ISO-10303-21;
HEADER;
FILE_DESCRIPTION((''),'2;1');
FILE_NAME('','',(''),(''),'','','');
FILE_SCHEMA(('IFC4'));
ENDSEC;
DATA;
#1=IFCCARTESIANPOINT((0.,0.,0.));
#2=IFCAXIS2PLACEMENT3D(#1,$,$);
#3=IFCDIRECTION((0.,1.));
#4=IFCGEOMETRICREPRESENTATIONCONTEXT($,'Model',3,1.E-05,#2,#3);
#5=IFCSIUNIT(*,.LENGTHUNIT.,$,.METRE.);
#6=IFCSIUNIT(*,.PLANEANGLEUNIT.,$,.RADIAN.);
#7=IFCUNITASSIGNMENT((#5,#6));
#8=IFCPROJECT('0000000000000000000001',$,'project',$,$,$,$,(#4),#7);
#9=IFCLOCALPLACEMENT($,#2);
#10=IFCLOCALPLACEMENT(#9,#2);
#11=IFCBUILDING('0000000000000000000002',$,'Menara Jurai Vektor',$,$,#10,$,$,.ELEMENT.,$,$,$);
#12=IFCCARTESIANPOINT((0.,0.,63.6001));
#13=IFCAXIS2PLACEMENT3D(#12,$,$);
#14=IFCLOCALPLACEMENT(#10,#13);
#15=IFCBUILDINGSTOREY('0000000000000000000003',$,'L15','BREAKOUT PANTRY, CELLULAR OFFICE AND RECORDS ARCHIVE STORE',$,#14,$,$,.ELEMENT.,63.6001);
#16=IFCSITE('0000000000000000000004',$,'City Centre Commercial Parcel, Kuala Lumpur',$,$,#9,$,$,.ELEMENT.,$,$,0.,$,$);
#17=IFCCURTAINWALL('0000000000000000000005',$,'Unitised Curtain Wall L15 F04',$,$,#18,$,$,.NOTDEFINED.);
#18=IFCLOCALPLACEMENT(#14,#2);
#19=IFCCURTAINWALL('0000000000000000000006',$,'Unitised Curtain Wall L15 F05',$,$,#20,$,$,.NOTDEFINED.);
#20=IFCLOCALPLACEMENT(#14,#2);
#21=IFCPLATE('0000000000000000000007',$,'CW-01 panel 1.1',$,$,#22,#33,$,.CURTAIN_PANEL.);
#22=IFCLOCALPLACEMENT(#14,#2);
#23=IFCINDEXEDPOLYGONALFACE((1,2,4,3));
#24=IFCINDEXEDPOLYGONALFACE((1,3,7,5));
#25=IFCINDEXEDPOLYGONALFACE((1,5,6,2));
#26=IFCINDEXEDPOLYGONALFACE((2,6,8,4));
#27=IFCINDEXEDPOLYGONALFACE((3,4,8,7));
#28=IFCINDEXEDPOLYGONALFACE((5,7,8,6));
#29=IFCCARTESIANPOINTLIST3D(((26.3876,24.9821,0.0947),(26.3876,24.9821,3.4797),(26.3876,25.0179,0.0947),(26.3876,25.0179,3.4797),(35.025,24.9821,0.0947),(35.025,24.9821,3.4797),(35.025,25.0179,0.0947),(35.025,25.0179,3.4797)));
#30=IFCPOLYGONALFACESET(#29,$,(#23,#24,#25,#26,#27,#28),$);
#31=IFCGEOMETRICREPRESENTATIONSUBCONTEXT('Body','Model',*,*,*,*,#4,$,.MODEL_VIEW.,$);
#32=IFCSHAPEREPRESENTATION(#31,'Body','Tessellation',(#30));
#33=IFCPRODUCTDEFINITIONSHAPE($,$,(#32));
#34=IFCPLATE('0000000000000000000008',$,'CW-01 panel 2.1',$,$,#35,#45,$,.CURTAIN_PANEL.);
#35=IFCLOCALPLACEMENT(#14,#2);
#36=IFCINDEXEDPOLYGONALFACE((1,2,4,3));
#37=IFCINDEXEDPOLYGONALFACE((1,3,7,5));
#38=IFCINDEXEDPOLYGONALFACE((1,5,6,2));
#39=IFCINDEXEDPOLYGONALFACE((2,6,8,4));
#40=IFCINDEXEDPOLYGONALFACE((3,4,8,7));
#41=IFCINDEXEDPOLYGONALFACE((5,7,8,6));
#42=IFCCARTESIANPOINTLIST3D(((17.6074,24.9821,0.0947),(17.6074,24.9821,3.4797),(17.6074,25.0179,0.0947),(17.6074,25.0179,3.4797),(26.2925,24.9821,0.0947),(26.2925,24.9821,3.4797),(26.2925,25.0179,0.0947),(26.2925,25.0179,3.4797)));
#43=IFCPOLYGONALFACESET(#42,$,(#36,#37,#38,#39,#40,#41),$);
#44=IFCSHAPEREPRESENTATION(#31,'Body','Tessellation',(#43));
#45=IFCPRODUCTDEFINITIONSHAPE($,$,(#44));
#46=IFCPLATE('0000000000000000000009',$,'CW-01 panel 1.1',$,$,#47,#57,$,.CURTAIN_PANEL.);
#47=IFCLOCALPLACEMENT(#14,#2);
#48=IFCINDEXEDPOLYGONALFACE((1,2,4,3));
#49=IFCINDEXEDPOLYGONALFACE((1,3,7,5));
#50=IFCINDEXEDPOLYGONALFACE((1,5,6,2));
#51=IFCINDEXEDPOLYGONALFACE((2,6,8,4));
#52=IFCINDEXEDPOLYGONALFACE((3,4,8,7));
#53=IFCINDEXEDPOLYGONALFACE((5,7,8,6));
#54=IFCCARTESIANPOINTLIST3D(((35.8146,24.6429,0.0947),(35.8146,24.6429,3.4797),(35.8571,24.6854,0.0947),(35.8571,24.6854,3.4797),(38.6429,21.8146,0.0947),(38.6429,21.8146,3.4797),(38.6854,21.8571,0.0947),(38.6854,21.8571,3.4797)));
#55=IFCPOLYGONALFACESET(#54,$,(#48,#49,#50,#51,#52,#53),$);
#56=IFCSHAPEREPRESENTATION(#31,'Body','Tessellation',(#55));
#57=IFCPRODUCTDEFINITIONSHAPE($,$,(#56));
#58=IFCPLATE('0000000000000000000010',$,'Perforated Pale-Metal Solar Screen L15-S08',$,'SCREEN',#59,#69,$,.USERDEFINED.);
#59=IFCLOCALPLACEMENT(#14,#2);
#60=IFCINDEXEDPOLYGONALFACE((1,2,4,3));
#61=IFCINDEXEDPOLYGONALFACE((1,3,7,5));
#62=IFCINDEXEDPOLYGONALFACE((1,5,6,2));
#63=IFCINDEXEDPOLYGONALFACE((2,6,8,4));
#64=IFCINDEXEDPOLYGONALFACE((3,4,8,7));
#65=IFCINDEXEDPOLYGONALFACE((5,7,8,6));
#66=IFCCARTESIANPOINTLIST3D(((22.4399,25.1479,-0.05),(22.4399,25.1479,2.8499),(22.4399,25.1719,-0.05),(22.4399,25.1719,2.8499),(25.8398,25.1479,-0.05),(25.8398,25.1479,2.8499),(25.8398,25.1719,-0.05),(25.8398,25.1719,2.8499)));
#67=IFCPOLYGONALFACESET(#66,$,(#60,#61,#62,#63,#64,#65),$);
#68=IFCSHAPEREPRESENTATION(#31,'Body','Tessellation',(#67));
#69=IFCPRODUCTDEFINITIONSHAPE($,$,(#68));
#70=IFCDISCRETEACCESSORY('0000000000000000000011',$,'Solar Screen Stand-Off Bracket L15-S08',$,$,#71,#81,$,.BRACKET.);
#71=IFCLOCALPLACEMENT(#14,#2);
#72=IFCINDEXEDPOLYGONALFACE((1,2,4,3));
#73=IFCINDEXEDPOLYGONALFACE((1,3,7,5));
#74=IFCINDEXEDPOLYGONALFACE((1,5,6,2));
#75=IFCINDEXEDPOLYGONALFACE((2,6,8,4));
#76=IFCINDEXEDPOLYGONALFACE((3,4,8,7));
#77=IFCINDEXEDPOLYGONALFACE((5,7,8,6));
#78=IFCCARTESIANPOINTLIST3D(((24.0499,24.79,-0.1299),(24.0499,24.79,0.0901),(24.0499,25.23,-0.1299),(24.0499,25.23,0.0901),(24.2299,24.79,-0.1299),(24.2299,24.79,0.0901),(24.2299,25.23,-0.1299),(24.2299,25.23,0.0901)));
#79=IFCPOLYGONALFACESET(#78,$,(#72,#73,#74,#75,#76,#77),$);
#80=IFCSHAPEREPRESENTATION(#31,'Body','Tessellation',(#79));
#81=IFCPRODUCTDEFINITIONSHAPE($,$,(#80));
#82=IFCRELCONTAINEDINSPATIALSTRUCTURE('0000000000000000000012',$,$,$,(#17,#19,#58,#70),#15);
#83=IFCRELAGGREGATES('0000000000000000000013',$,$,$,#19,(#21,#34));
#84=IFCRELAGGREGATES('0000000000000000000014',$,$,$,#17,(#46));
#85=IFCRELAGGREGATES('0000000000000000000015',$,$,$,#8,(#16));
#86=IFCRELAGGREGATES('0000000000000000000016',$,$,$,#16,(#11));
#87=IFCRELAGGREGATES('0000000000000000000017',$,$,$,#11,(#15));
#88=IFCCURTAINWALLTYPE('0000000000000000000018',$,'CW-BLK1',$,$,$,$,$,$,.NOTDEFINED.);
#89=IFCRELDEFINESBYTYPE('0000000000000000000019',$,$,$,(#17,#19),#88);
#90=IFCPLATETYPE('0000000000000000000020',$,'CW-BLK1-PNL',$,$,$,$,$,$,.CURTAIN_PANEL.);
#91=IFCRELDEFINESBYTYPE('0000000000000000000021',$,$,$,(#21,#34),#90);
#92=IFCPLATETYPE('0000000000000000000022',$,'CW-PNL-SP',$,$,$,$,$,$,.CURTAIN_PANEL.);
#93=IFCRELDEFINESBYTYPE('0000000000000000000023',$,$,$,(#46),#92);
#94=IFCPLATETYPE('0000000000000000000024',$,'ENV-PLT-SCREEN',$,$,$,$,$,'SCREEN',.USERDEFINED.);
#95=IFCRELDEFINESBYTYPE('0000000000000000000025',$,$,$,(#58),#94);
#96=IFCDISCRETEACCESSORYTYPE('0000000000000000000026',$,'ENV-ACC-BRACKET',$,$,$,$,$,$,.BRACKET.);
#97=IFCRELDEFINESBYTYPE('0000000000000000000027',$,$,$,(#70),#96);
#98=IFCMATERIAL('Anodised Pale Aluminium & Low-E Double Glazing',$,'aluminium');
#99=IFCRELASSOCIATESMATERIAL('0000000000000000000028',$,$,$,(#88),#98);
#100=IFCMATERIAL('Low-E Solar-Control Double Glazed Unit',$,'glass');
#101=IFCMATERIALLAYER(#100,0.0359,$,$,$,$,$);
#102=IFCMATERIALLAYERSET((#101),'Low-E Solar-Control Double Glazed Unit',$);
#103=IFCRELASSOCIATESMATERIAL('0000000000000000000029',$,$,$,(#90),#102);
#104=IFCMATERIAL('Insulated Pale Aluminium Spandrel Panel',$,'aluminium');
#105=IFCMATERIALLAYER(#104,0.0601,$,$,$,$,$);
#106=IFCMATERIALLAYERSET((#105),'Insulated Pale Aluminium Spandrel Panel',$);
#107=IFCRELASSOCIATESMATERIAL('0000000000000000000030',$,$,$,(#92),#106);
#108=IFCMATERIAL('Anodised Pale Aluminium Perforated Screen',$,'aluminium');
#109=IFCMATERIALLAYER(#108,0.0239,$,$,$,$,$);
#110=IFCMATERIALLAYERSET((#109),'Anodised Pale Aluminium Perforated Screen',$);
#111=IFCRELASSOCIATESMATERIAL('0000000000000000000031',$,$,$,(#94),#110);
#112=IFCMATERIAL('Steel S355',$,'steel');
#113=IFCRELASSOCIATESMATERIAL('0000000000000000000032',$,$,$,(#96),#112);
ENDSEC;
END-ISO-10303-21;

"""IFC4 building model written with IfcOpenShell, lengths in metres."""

from ifc_helpers import new_model, si_unit, direction, frame, origin, origin_2d, place, context, subcontext, project, spatial, rectangle, extrude, material, layer, layer_set, type_object, element, aggregate, save


model = new_model("IFC4")

# Units and contexts
model_context = context("Model", 3, precision=1e-05, world=origin(), true_north=direction((0.0, 1.0)))
body_context = subcontext(model_context, "Body", "Model", "MODEL_VIEW")
ifc_project = project(units=[si_unit("LENGTHUNIT", "METRE"), si_unit("PLANEANGLEUNIT", "RADIAN")], contexts=[model_context])

# Site, building, storey
site_placement = place(None, origin())
site = spatial("IfcSite", under=ifc_project, at=site_placement, Name="City Centre Commercial Parcel, Kuala Lumpur", CompositionType="ELEMENT", RefElevation=0.0)
building_placement = place(site_placement, origin())
building = spatial("IfcBuilding", under=site, at=building_placement, Name="Menara Jurai Vektor", CompositionType="ELEMENT")
storey_placement = place(building_placement, frame((0.0, 0.0, 63.6001)))
storey = spatial("IfcBuildingStorey", under=building, at=storey_placement, Name="L15", Description="BREAKOUT PANTRY, CELLULAR OFFICE AND RECORDS ARCHIVE STORE", CompositionType="ELEMENT", Elevation=63.6001)

# Curtain walls
ifc_material_1 = material(Name="Anodised Pale Aluminium & Low-E Double Glazing", Category="aluminium")
curtain_wall_type = type_object("IfcCurtainWallType", Name="CW-BLK1", PredefinedType="NOTDEFINED", material=ifc_material_1)
curtain_wall_1_placement = place(storey_placement, origin())
curtain_wall_1 = element("IfcCurtainWall", 1, at=curtain_wall_1_placement, inside=storey, type_object=curtain_wall_type, Name="Unitised Curtain Wall L15 F04", PredefinedType="NOTDEFINED")
curtain_wall_2_placement = place(storey_placement, origin())
curtain_wall_2 = element("IfcCurtainWall", 2, at=curtain_wall_2_placement, inside=storey, type_object=curtain_wall_type, Name="Unitised Curtain Wall L15 F05", PredefinedType="NOTDEFINED")

# Shared definitions
ifc_material_2 = material(Name="Steel S355", Category="steel")

# Plates
ifc_material_3 = material(Name="Low-E Solar-Control Double Glazed Unit", Category="glass")
ifc_layer_1 = layer(ifc_material_3, 0.0359)
ifc_layer_set_1 = layer_set([ifc_layer_1], Name="Low-E Solar-Control Double Glazed Unit")
plate_type_1 = type_object("IfcPlateType", Name="CW-BLK1-PNL", PredefinedType="CURTAIN_PANEL", material=ifc_layer_set_1)
plate_1_placement = place(storey_placement, frame((30.7063, 25.0, 0.0947), z_axis=(0.0, 0.0, 1.0), x_axis=(-1.0, 0.0, 0.0)))
plate_1 = element("IfcPlate", 3, at=plate_1_placement, type_object=plate_type_1, Name="CW-01 panel 1.1", PredefinedType="CURTAIN_PANEL", context=body_context, shape_type="SweptSolid", body=[
    extrude(rectangle(XDim=8.6375, YDim=0.0359, at=origin_2d()), origin(), (0.0, 0.0, 1.0), 3.385),
])
plate_2_placement = place(storey_placement, frame((21.95, 25.0, 0.0947), z_axis=(0.0, 0.0, 1.0), x_axis=(-1.0, 0.0, 0.0)))
plate_2 = element("IfcPlate", 4, at=plate_2_placement, type_object=plate_type_1, Name="CW-01 panel 2.1", PredefinedType="CURTAIN_PANEL", context=body_context, shape_type="SweptSolid", body=[
    extrude(rectangle(XDim=8.6851, YDim=0.0359, at=origin_2d()), origin(), (0.0, 0.0, 1.0), 3.385),
])
aggregate(curtain_wall_2, [plate_1, plate_2])
ifc_material_4 = material(Name="Insulated Pale Aluminium Spandrel Panel", Category="aluminium")
ifc_layer_2 = layer(ifc_material_4, 0.0601)
ifc_layer_set_2 = layer_set([ifc_layer_2], Name="Insulated Pale Aluminium Spandrel Panel")
plate_type_2 = type_object("IfcPlateType", Name="CW-PNL-SP", PredefinedType="CURTAIN_PANEL", material=ifc_layer_set_2)
plate_3_placement = place(storey_placement, frame((37.25, 23.25, 0.0947), z_axis=(0.0, 0.0, 1.0), x_axis=(-0.707107, 0.707107, 0.0)))
plate_3 = element("IfcPlate", 5, at=plate_3_placement, type_object=plate_type_2, Name="CW-01 panel 1.1", PredefinedType="CURTAIN_PANEL", context=body_context, shape_type="SweptSolid", body=[
    extrude(rectangle(XDim=3.9998, YDim=0.0601, at=origin_2d()), origin(), (0.0, 0.0, 1.0), 3.385),
])
aggregate(curtain_wall_1, [plate_3])
ifc_material_5 = material(Name="Anodised Pale Aluminium Perforated Screen", Category="aluminium")
ifc_layer_3 = layer(ifc_material_5, 0.0239)
ifc_layer_set_3 = layer_set([ifc_layer_3], Name="Anodised Pale Aluminium Perforated Screen")
plate_type_3 = type_object("IfcPlateType", Name="ENV-PLT-SCREEN", ElementType="SCREEN", PredefinedType="USERDEFINED", material=ifc_layer_set_3)
plate_4_placement = place(storey_placement, frame((24.1399, 25.1599, -0.05), z_axis=(0.0, 0.0, 1.0), x_axis=(-1.0, 0.0, 0.0)))
element("IfcPlate", 6, at=plate_4_placement, inside=storey, type_object=plate_type_3, Name="Perforated Pale-Metal Solar Screen L15-S08", ObjectType="SCREEN", PredefinedType="USERDEFINED", context=body_context, shape_type="SweptSolid", body=[
    extrude(rectangle(XDim=3.3999, YDim=0.0239, at=origin_2d()), origin(), (0.0, 0.0, 1.0), 2.8999),
])

# Discrete accessory
discrete_accessory_type = type_object("IfcDiscreteAccessoryType", Name="ENV-ACC-BRACKET", PredefinedType="BRACKET", material=ifc_material_2)
discrete_accessory_placement = place(storey_placement, frame((24.1399, 25.01, -0.1299), z_axis=(0.0, 0.0, 1.0), x_axis=(-1.0, 0.0, 0.0)))
element("IfcDiscreteAccessory", 7, at=discrete_accessory_placement, inside=storey, type_object=discrete_accessory_type, Name="Solar Screen Stand-Off Bracket L15-S08", PredefinedType="BRACKET", context=body_context, shape_type="SweptSolid", body=[
    extrude(rectangle(XDim=0.1799, YDim=0.4399, at=origin_2d()), origin(), (0.0, 0.0, 1.0), 0.22),
])

save(model, "model.ifc")
